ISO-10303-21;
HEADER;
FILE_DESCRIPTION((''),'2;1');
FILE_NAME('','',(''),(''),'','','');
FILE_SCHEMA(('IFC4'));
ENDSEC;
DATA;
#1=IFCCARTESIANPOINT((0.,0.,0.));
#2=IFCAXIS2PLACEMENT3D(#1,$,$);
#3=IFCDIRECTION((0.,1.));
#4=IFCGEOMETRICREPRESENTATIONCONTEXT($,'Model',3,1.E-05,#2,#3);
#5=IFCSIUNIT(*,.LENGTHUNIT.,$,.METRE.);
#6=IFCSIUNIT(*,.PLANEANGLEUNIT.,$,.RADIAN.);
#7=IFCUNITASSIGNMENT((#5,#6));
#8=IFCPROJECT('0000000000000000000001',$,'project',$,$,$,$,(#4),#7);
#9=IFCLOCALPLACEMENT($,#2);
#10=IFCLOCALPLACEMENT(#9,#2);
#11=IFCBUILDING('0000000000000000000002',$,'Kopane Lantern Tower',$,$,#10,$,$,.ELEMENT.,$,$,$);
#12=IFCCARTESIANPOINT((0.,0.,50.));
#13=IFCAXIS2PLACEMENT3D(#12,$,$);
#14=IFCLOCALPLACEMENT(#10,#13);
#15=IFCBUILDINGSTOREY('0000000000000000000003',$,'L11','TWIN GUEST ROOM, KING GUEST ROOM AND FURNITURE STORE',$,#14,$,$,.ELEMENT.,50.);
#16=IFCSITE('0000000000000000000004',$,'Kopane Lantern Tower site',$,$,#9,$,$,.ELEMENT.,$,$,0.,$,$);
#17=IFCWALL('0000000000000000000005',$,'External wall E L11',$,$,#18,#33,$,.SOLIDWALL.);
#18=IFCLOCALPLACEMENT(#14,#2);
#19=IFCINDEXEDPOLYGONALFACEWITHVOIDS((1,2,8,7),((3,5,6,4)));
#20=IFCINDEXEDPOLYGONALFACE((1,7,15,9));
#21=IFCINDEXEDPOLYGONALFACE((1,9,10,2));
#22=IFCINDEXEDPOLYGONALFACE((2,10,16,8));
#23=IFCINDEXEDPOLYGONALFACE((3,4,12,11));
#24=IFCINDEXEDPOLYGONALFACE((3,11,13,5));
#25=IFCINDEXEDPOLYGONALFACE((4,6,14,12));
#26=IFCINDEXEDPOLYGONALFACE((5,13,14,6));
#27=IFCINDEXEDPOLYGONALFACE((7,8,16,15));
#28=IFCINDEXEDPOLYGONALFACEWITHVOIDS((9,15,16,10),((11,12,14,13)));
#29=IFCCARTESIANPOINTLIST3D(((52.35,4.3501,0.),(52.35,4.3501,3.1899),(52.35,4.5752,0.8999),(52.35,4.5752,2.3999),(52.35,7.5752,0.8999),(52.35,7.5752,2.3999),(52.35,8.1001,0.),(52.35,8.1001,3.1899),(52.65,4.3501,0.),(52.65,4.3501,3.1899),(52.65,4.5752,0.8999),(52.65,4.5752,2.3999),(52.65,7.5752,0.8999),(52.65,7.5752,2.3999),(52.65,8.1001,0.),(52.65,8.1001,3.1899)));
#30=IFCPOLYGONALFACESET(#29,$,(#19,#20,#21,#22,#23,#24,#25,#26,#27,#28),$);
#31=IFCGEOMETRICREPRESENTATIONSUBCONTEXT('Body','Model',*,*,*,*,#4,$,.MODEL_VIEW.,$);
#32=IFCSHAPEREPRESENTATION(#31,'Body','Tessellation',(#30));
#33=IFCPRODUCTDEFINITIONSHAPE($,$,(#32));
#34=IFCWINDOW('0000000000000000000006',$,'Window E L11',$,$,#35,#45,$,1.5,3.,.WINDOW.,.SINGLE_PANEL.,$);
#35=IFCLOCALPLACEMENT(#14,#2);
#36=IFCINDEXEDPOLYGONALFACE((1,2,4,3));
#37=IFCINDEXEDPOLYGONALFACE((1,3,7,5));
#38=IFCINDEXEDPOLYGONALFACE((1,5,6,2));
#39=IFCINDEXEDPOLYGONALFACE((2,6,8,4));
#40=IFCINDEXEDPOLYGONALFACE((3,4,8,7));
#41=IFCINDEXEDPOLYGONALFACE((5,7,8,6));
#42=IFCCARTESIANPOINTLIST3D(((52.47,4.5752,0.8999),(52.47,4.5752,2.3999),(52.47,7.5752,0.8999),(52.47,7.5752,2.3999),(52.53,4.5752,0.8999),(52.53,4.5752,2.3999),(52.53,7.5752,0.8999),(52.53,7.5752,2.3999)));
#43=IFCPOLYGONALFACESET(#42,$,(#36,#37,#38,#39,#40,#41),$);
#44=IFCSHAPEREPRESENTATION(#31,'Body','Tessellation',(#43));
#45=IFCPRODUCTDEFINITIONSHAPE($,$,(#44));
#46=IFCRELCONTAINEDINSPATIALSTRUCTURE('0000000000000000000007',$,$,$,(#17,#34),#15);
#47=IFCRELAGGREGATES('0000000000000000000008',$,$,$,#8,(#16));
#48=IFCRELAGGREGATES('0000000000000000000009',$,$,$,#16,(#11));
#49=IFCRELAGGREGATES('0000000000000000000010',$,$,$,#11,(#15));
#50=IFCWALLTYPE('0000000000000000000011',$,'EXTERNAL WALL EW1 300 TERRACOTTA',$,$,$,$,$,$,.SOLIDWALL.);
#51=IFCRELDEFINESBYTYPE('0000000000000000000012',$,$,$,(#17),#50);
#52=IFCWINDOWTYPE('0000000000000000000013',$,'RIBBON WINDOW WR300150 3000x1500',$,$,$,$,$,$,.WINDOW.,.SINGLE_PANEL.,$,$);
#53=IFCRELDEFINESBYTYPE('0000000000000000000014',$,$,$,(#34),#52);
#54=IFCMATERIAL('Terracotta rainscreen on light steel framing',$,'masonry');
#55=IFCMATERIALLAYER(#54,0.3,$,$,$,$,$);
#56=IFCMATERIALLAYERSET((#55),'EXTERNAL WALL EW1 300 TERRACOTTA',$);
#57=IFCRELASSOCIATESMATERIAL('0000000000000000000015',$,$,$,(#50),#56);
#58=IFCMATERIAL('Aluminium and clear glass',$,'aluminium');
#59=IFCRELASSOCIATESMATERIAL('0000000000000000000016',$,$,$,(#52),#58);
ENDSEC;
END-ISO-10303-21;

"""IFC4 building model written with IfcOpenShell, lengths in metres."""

from ifc_helpers import new_model, si_unit, direction, frame, frame_2d, origin, place, context, subcontext, project, spatial, rectangle, extrude, material, layer, layer_set, type_object, element, fill, save


model = new_model("IFC4")

# Units and contexts
model_context = context("Model", 3, precision=1e-05, world=origin(), true_north=direction((0.0, 1.0)))
body_context = subcontext(model_context, "Body", "Model", "MODEL_VIEW")
ifc_project = project(units=[si_unit("LENGTHUNIT", "METRE"), si_unit("PLANEANGLEUNIT", "RADIAN")], contexts=[model_context])

# Site, building, storey
site_placement = place(None, origin())
site = spatial("IfcSite", under=ifc_project, at=site_placement, Name="Kopane Lantern Tower site", CompositionType="ELEMENT", RefElevation=0.0)
building_placement = place(site_placement, origin())
building = spatial("IfcBuilding", under=site, at=building_placement, Name="Kopane Lantern Tower", CompositionType="ELEMENT")
storey_placement = place(building_placement, frame((0.0, 0.0, 50.0)))
storey = spatial("IfcBuildingStorey", under=building, at=storey_placement, Name="L11", Description="TWIN GUEST ROOM, KING GUEST ROOM AND FURNITURE STORE", CompositionType="ELEMENT", Elevation=50.0)

# Wall, opening, window
ifc_material_1 = material(Name="Terracotta rainscreen on light steel framing", Category="masonry")
ifc_layer = layer(ifc_material_1, 0.3)
ifc_layer_set = layer_set([ifc_layer], Name="EXTERNAL WALL EW1 300 TERRACOTTA")
wall_type = type_object("IfcWallType", Name="EXTERNAL WALL EW1 300 TERRACOTTA", PredefinedType="SOLIDWALL", material=ifc_layer_set)
ifc_material_2 = material(Name="Aluminium and clear glass", Category="aluminium")
window_type = type_object("IfcWindowType", Name="RIBBON WINDOW WR300150 3000x1500", PartitioningType="SINGLE_PANEL", PredefinedType="WINDOW", material=ifc_material_2)
wall_1_placement = place(storey_placement, frame((52.5, 4.3501, 0.0), z_axis=(0.0, 0.0, 1.0), x_axis=(0.0, 1.0, 0.0)))
wall_1 = element("IfcWall", 1, at=wall_1_placement, inside=storey, type_object=wall_type, Name="External wall E L11", PredefinedType="SOLIDWALL", context=body_context, shape_type="SweptSolid", body=[
    extrude(rectangle(XDim=3.75, YDim=0.3, at=frame_2d((1.875, 0.0))), origin(), (0.0, 0.0, 1.0), 3.1899),
])
opening_1_placement = place(wall_1_placement, frame((0.2251, 0.0, 0.8999)))
opening_1 = element("IfcOpeningElement", 2, at=opening_1_placement, cuts=wall_1, PredefinedType="OPENING", context=body_context, shape_type="SweptSolid", body=[
    extrude(rectangle(XDim=3.0, YDim=1.5, at=frame_2d((1.5, 0.75))), frame((0.0, 0.1599, 0.0), z_axis=(0.0, -1.0, 0.0), x_axis=(1.0, 0.0, 0.0)), (0.0, 0.0, 1.0), 0.3201),
])
window_1_placement = place(opening_1_placement, origin())
window_1 = element("IfcWindow", 3, at=window_1_placement, inside=storey, type_object=window_type, Name="Window E L11", OverallHeight=1.5, OverallWidth=3.0, PartitioningType="SINGLE_PANEL", PredefinedType="WINDOW", context=body_context, shape_type="SweptSolid", body=[
    extrude(rectangle(XDim=3.0, YDim=1.5, at=frame_2d((1.5, 0.75))), frame((0.0, 0.03, 0.0), z_axis=(0.0, -1.0, 0.0), x_axis=(1.0, 0.0, 0.0)), (0.0, 0.0, 1.0), 0.0601),
])
fill(opening_1, window_1)

save(model, "model.ifc")
